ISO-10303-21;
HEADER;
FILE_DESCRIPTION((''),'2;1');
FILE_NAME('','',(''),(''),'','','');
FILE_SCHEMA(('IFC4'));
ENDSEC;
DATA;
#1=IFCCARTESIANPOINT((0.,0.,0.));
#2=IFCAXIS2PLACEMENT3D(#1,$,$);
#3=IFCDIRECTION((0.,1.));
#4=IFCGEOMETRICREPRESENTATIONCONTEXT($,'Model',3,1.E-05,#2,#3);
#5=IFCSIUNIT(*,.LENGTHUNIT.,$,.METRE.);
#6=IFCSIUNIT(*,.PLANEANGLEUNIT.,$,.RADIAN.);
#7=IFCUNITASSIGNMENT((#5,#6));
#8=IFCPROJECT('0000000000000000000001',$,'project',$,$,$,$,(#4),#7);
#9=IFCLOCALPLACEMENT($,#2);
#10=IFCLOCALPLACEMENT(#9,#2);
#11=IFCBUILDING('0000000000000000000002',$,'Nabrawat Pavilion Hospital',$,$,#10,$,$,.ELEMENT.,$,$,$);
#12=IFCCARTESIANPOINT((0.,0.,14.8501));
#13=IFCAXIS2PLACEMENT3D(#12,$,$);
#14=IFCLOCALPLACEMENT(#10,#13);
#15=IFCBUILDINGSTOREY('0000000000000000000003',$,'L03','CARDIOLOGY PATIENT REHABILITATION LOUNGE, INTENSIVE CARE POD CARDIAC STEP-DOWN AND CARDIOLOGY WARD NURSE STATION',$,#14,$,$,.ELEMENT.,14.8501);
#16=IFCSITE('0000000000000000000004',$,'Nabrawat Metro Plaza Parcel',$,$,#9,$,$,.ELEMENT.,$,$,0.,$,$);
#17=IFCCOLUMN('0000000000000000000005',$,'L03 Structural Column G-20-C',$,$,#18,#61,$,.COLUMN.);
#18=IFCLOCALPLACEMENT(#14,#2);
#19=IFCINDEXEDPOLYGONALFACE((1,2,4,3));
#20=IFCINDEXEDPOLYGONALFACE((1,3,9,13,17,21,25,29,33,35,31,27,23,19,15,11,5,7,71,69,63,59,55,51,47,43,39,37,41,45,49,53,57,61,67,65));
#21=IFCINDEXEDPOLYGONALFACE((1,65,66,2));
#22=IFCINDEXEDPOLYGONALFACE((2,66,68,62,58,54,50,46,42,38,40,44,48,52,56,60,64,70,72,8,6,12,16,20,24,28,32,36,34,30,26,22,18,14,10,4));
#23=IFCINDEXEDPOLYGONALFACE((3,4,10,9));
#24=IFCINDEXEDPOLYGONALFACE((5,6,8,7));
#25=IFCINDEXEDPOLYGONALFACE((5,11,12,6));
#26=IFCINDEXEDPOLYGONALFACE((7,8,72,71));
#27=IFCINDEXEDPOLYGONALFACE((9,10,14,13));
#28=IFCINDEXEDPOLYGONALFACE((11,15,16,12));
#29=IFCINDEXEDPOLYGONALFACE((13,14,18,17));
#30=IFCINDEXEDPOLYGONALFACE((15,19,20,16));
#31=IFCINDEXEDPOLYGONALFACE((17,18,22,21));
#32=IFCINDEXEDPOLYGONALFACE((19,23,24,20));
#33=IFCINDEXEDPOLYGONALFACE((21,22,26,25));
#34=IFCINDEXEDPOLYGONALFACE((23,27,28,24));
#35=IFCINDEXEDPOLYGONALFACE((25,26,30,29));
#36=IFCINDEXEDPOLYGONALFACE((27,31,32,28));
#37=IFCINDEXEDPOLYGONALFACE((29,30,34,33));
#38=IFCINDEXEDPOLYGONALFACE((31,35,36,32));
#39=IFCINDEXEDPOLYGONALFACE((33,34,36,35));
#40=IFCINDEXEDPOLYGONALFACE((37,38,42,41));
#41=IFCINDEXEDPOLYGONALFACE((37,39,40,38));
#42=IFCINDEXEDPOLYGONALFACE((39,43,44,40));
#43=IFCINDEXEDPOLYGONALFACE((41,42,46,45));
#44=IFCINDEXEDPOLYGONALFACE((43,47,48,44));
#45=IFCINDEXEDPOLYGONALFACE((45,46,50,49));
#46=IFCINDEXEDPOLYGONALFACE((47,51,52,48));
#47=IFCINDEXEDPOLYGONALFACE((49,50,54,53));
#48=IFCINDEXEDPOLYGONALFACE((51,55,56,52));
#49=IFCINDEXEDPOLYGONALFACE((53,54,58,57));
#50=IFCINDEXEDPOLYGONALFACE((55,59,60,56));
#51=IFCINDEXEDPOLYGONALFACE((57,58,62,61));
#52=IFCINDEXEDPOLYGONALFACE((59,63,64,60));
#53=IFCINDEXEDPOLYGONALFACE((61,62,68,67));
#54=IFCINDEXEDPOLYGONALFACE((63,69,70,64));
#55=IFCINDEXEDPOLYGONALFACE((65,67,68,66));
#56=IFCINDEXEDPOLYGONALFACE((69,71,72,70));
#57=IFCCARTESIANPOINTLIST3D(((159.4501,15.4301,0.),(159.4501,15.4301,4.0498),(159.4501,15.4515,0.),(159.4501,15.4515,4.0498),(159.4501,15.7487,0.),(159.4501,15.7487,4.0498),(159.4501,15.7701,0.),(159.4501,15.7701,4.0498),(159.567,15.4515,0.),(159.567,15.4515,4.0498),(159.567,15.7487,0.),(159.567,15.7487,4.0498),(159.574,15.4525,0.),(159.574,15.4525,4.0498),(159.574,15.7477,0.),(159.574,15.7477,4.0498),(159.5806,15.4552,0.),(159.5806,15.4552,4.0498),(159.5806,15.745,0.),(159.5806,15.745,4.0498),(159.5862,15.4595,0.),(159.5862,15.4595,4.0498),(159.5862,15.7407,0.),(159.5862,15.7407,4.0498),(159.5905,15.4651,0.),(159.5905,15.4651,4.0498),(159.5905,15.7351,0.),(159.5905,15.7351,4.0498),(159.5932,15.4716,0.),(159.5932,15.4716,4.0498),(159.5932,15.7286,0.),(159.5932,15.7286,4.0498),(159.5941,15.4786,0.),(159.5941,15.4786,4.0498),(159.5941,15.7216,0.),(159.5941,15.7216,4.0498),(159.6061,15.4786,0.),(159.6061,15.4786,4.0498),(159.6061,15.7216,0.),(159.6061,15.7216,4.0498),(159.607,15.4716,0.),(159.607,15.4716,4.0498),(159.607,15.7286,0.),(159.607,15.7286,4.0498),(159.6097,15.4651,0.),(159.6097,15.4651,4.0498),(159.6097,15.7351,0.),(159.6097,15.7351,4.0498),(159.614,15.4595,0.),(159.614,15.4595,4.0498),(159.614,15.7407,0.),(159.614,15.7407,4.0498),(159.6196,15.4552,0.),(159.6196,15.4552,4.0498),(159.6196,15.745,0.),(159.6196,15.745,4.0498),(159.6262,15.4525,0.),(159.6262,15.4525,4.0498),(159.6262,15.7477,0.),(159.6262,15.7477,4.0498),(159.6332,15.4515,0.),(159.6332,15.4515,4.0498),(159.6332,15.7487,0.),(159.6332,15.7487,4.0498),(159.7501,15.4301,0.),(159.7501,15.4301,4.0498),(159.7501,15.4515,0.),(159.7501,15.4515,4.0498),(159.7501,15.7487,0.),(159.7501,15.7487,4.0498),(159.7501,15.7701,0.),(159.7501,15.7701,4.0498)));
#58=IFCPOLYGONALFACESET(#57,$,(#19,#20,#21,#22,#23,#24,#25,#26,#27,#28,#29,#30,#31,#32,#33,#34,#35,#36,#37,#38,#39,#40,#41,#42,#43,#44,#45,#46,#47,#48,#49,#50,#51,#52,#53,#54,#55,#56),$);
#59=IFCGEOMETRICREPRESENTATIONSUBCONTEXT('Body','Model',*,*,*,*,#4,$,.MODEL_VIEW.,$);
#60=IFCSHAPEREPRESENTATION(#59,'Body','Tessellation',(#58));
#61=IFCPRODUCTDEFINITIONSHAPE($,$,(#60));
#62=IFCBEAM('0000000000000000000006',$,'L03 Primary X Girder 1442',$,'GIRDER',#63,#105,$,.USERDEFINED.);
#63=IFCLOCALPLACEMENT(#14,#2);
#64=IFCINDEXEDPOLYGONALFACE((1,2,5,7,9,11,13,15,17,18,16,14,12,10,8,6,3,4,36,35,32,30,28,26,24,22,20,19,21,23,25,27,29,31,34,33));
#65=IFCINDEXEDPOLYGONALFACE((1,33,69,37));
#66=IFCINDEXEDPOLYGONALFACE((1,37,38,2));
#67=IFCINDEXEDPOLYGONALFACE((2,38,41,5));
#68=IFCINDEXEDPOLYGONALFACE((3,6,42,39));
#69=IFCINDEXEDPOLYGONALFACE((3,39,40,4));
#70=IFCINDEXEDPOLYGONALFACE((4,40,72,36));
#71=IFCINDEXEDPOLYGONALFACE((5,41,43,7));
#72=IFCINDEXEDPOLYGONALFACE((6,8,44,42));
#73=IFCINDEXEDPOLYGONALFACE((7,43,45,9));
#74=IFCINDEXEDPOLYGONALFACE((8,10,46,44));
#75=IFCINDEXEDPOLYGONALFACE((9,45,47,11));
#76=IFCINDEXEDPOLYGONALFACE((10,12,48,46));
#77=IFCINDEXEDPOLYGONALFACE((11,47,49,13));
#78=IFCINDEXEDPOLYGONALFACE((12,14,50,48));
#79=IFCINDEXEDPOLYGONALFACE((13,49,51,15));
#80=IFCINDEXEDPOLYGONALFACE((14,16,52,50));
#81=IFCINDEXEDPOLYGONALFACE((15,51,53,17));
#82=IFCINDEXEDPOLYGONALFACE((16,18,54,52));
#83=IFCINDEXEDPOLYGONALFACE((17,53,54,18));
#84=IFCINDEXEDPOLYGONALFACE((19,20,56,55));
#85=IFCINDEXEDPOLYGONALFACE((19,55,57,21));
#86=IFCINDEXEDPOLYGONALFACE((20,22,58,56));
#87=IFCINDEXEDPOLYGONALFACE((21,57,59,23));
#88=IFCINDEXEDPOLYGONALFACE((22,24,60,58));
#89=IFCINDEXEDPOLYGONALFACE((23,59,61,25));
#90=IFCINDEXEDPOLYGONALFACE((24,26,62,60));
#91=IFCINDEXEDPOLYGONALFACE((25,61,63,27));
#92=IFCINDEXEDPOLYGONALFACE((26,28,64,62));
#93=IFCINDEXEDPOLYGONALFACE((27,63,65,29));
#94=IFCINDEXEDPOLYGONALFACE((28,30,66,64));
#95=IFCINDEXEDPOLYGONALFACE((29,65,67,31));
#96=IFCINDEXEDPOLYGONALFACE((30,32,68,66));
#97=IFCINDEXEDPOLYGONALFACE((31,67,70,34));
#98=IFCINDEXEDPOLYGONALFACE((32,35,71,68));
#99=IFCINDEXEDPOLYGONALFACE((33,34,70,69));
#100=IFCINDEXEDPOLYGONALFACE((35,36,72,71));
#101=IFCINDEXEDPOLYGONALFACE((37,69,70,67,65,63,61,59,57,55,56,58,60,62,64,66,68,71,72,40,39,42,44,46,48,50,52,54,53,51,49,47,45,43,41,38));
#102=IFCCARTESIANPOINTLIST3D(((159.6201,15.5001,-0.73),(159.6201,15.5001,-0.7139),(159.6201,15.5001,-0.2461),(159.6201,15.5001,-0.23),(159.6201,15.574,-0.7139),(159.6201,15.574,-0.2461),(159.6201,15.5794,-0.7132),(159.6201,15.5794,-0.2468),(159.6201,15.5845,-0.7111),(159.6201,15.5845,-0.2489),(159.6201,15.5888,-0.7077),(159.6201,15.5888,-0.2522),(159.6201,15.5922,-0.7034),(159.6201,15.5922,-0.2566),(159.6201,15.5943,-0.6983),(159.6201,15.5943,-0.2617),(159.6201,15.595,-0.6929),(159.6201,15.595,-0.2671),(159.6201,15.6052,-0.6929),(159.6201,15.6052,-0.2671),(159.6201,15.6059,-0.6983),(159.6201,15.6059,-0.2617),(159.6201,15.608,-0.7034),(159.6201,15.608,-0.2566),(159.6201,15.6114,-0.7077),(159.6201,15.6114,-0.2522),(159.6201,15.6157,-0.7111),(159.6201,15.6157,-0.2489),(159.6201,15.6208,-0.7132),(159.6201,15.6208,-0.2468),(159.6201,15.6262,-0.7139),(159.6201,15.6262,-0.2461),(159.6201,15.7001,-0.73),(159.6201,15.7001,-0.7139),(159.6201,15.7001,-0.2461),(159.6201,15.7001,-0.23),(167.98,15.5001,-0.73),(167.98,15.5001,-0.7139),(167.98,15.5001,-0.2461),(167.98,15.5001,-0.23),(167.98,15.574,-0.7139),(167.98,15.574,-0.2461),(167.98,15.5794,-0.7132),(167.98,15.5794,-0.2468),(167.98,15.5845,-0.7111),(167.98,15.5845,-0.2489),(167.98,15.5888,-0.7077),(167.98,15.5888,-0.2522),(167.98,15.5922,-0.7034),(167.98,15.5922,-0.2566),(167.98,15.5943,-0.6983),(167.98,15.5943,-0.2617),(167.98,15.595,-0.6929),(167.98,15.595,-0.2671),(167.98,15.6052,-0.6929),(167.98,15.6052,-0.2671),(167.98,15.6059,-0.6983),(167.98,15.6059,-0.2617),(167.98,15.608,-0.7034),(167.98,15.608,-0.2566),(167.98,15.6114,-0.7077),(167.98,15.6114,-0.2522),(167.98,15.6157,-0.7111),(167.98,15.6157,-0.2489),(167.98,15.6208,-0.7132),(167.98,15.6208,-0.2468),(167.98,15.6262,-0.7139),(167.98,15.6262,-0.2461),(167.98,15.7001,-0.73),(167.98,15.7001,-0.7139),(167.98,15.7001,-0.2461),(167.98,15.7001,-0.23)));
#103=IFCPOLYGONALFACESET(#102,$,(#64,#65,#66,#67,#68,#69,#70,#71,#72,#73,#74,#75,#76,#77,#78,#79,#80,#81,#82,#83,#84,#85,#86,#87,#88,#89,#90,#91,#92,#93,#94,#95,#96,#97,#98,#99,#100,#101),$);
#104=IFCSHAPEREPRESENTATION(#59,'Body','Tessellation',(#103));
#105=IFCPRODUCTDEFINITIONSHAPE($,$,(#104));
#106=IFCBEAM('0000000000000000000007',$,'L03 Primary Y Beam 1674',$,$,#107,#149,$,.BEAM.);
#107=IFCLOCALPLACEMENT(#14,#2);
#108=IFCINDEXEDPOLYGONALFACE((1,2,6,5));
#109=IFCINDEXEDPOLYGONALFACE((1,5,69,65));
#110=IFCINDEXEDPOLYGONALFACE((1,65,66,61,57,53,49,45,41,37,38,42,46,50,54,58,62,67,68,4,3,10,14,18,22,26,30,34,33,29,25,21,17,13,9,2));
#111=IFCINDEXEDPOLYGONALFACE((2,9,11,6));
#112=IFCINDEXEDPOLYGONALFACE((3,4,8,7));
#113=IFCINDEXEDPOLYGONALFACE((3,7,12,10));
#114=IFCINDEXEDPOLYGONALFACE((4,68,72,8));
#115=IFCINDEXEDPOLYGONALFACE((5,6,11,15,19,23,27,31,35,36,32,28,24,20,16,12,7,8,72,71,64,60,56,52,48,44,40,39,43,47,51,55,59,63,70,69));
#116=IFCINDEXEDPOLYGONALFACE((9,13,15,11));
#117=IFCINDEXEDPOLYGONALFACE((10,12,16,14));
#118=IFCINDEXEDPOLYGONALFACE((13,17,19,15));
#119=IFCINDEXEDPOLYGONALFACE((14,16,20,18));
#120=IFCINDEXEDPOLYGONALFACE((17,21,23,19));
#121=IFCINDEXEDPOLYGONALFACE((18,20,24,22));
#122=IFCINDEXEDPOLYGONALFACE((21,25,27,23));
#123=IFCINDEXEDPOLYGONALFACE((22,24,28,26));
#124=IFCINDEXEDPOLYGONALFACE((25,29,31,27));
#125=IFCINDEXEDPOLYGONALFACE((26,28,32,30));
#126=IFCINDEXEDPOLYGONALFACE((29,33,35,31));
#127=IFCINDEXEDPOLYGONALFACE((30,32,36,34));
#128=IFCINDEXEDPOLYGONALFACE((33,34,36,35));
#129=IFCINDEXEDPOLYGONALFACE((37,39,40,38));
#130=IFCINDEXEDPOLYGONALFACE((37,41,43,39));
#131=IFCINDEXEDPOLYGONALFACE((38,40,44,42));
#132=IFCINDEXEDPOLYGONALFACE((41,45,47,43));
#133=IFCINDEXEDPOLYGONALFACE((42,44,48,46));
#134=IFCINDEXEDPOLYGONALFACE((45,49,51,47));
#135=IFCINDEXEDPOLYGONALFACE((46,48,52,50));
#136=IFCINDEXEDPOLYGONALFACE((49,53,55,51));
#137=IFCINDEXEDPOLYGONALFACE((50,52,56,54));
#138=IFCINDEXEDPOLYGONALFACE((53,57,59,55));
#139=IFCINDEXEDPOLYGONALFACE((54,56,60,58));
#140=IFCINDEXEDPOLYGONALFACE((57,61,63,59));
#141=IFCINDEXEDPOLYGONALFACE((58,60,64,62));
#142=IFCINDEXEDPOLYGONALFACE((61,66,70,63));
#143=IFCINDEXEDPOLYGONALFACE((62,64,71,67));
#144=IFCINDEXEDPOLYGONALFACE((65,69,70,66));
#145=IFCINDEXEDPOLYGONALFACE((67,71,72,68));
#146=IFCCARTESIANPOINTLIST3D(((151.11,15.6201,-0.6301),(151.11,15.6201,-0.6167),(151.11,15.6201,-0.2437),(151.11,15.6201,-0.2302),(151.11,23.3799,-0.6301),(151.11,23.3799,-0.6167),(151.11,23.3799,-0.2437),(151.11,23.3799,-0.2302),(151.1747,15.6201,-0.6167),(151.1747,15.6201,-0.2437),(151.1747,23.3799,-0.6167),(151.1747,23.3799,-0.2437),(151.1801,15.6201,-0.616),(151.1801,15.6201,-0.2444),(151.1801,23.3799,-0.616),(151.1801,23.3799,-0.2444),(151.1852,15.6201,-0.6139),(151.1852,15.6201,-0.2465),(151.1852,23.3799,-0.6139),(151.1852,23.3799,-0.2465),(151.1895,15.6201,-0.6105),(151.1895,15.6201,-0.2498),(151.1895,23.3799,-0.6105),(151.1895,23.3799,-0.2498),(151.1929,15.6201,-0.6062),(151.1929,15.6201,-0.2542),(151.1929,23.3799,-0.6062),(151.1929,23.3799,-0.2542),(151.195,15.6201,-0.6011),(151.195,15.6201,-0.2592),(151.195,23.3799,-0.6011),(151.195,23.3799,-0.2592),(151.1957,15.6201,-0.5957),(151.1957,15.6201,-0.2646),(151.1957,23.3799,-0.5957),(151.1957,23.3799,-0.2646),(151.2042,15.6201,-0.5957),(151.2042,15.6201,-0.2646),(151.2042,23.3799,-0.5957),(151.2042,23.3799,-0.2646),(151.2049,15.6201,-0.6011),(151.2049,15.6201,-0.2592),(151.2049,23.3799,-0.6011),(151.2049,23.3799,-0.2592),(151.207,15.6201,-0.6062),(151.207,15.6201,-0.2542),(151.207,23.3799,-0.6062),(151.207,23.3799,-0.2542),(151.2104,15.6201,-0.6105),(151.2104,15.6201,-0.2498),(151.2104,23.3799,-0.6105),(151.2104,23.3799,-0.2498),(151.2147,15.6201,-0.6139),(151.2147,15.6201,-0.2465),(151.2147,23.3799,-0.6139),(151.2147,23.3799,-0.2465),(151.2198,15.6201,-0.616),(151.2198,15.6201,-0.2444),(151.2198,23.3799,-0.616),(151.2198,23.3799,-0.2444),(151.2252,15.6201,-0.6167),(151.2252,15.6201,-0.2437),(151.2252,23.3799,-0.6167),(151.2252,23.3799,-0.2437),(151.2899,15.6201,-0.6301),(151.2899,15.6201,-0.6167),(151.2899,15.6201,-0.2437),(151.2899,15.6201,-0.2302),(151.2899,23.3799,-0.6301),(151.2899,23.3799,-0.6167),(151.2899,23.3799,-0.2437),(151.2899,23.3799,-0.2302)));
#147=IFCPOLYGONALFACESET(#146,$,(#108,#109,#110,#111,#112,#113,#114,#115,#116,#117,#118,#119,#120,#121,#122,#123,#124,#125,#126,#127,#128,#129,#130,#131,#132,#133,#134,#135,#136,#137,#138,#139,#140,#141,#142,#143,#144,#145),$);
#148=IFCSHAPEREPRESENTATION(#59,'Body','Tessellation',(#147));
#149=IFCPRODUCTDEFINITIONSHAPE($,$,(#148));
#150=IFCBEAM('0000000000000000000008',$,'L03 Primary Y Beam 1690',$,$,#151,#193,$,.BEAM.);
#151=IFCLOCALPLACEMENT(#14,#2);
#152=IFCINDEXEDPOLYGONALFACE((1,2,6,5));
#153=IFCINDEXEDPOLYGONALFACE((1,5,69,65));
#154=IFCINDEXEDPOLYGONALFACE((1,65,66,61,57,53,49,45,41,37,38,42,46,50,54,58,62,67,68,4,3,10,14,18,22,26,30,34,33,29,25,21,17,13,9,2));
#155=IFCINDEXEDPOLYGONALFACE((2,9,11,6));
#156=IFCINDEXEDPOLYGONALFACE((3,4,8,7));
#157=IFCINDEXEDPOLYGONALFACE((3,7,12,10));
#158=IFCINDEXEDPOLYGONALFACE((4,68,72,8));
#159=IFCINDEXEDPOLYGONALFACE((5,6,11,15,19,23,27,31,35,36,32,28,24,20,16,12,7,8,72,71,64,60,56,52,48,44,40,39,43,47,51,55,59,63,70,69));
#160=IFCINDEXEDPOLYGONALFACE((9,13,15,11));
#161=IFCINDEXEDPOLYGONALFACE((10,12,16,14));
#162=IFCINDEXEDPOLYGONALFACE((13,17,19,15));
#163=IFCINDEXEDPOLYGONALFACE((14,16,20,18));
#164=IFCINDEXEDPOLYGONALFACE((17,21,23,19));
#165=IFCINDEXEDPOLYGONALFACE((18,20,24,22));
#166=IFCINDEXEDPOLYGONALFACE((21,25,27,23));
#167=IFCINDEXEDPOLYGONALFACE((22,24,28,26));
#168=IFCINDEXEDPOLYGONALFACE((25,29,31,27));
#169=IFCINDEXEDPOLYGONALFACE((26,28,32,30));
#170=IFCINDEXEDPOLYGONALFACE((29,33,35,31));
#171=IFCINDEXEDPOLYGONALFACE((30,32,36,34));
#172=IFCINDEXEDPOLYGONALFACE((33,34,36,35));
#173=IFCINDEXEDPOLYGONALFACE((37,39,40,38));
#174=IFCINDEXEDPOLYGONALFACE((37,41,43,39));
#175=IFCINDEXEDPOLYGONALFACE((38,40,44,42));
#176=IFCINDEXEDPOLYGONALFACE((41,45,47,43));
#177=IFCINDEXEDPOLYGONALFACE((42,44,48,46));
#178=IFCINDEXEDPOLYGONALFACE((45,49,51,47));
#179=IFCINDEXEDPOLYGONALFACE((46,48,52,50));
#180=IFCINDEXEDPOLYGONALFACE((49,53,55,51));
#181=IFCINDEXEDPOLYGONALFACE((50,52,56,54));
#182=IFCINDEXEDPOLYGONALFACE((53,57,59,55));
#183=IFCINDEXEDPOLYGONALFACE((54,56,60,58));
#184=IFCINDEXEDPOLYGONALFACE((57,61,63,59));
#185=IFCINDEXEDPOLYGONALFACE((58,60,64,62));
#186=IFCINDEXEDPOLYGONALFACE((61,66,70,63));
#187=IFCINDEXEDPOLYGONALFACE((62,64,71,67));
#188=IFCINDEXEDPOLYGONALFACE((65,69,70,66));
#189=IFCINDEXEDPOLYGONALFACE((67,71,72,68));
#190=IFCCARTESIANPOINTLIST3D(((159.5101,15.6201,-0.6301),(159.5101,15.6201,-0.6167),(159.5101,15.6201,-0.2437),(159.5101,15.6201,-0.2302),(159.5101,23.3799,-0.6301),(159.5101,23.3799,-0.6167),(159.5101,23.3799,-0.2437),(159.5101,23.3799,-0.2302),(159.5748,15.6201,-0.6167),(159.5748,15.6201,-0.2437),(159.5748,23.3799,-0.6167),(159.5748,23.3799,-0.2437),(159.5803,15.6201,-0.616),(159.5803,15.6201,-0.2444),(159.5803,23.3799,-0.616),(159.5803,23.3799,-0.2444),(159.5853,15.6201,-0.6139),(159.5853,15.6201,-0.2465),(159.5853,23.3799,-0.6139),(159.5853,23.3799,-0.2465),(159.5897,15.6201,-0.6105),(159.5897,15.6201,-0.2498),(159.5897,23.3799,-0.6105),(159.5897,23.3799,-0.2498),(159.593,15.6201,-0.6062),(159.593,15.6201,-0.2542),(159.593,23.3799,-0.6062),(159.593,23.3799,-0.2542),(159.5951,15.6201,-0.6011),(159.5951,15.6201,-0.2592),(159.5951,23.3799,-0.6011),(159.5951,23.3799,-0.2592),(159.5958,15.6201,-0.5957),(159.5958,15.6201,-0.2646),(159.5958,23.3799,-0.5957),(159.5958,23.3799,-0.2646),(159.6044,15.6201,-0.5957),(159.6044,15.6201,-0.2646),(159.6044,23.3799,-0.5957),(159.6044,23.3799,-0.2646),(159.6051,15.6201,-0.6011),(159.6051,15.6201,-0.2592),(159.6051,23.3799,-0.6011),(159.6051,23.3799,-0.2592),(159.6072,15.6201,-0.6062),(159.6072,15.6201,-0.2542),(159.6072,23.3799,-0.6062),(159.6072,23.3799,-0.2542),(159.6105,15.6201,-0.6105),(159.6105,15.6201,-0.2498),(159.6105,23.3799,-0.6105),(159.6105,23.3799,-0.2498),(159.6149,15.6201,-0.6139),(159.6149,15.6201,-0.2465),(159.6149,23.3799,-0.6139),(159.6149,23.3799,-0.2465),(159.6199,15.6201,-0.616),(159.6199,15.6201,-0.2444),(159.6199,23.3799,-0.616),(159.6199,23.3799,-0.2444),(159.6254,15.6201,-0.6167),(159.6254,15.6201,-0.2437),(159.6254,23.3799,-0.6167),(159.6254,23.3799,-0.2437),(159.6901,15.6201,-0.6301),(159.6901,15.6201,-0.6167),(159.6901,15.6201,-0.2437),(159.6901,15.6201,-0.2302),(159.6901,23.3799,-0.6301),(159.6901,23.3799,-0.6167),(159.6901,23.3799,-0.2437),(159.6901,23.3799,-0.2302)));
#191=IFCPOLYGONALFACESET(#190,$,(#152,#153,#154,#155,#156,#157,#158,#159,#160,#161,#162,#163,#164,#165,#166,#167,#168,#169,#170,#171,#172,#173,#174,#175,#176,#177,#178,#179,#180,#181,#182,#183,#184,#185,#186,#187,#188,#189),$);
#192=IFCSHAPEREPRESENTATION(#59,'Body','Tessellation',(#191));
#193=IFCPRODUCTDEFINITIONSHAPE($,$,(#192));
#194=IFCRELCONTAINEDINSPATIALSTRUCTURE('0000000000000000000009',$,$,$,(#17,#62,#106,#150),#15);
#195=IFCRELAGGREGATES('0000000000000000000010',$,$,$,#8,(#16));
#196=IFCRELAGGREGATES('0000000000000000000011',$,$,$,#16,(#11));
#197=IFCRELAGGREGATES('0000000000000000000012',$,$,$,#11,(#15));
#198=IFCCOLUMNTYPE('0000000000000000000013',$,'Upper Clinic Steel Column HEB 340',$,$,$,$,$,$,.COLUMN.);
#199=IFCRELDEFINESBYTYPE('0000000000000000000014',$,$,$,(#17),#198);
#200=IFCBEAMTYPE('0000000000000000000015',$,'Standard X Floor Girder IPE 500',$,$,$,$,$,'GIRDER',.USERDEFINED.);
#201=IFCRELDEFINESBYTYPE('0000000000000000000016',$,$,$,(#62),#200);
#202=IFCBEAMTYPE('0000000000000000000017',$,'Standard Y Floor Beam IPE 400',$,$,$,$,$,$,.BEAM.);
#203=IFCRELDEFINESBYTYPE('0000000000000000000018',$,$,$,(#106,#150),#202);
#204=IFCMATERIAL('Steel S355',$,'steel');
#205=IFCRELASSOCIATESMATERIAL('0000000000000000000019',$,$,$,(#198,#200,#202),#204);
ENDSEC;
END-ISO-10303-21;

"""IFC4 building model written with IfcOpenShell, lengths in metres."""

from ifc_helpers import new_model, si_unit, direction, frame, origin, origin_2d, place, context, subcontext, project, spatial, i_section, extrude, material, material_profile, profile_set, type_object, element, save


model = new_model("IFC4")

# Units and contexts
model_context = context("Model", 3, precision=1e-05, world=origin(), true_north=direction((0.0, 1.0)))
body_context = subcontext(model_context, "Body", "Model", "MODEL_VIEW")
ifc_project = project(units=[si_unit("LENGTHUNIT", "METRE"), si_unit("PLANEANGLEUNIT", "RADIAN")], contexts=[model_context])

# Site, building, storey
site_placement = place(None, origin())
site = spatial("IfcSite", under=ifc_project, at=site_placement, Name="Nabrawat Metro Plaza Parcel", CompositionType="ELEMENT", RefElevation=0.0)
building_placement = place(site_placement, origin())
building = spatial("IfcBuilding", under=site, at=building_placement, Name="Nabrawat Pavilion Hospital", CompositionType="ELEMENT")
storey_placement = place(building_placement, frame((0.0, 0.0, 14.8501)))
storey = spatial("IfcBuildingStorey", under=building, at=storey_placement, Name="L03", Description="CARDIOLOGY PATIENT REHABILITATION LOUNGE, INTENSIVE CARE POD CARDIAC STEP-DOWN AND CARDIOLOGY WARD NURSE STATION", CompositionType="ELEMENT", Elevation=14.8501)

# Column
ifc_material_1 = material(Name="Steel S355", Category="steel")
ifc_material_profile_1 = material_profile(ifc_material_1, i_section(OverallWidth=0.3, OverallDepth=0.3401, WebThickness=0.012, FlangeThickness=0.0215, FilletRadius=0.0271, at=origin_2d()), Name="HEB 340")
ifc_profile_set_1 = profile_set([ifc_material_profile_1], Name="Steel S355")
column_type = type_object("IfcColumnType", Name="Upper Clinic Steel Column HEB 340", PredefinedType="COLUMN", material=ifc_profile_set_1)
column_placement = place(storey_placement, frame((159.6001, 15.6001, 0.0), z_axis=(0.0, 0.0, 1.0), x_axis=(1.0, 0.0, 0.0)))
element("IfcColumn", 1, at=column_placement, inside=storey, type_object=column_type, Name="L03 Structural Column G-20-C", PredefinedType="COLUMN", context=body_context, shape_type="SweptSolid", body=[
    extrude(i_section(OverallWidth=0.3, OverallDepth=0.3401, WebThickness=0.012, FlangeThickness=0.0215, FilletRadius=0.0271, at=origin_2d()), origin(), (0.0, 0.0, 1.0), 4.0498),
])

# Beams
ifc_material_profile_2 = material_profile(ifc_material_1, i_section(OverallWidth=0.2, OverallDepth=0.5, WebThickness=0.0103, FlangeThickness=0.0161, FilletRadius=0.021, at=origin_2d()), Name="IPE 500")
ifc_profile_set_2 = profile_set([ifc_material_profile_2], Name="Steel S355")
beam_type_1 = type_object("IfcBeamType", Name="Standard X Floor Girder IPE 500", ElementType="GIRDER", PredefinedType="USERDEFINED", material=ifc_profile_set_2)
beam_placement = place(storey_placement, frame((159.6201, 15.6001, -0.48), z_axis=(1.0, 0.0, 0.0), x_axis=(0.0, 1.0, 0.0)))
element("IfcBeam", 2, at=beam_placement, inside=storey, type_object=beam_type_1, Name="L03 Primary X Girder 1442", ObjectType="GIRDER", PredefinedType="USERDEFINED", context=body_context, shape_type="SweptSolid", body=[
    extrude(i_section(OverallWidth=0.2, OverallDepth=0.5, WebThickness=0.0103, FlangeThickness=0.0161, FilletRadius=0.021, at=origin_2d()), origin(), (0.0, 0.0, 1.0), 8.3599),
])
ifc_material_profile_3 = material_profile(ifc_material_1, i_section(OverallWidth=0.1799, OverallDepth=0.3999, WebThickness=0.0085, FlangeThickness=0.0134, FilletRadius=0.021, at=origin_2d()), Name="IPE 400")
ifc_profile_set_3 = profile_set([ifc_material_profile_3], Name="Steel S355")
beam_type_2 = type_object("IfcBeamType", Name="Standard Y Floor Beam IPE 400", PredefinedType="BEAM", material=ifc_profile_set_3)
for number, where, z_axis, x_axis, name in (
    (3, (151.2, 15.6201, -0.4302), (0.0, 1.0, 0.0), (-1.0, 0.0, 0.0), "L03 Primary Y Beam 1674"),
    (4, (159.6001, 15.6201, -0.4302), (0.0, 1.0, 0.0), (-1.0, 0.0, 0.0), "L03 Primary Y Beam 1690"),
):
    element("IfcBeam", number, at=place(storey_placement, frame(where, z_axis=z_axis, x_axis=x_axis)), inside=storey, type_object=beam_type_2, Name=name, PredefinedType="BEAM", context=body_context, shape_type="SweptSolid", body=[
        extrude(i_section(OverallWidth=0.1799, OverallDepth=0.3999, WebThickness=0.0085, FlangeThickness=0.0134, FilletRadius=0.021, at=origin_2d()), origin(), (0.0, 0.0, 1.0), 7.7598),
    ])

save(model, "model.ifc")
